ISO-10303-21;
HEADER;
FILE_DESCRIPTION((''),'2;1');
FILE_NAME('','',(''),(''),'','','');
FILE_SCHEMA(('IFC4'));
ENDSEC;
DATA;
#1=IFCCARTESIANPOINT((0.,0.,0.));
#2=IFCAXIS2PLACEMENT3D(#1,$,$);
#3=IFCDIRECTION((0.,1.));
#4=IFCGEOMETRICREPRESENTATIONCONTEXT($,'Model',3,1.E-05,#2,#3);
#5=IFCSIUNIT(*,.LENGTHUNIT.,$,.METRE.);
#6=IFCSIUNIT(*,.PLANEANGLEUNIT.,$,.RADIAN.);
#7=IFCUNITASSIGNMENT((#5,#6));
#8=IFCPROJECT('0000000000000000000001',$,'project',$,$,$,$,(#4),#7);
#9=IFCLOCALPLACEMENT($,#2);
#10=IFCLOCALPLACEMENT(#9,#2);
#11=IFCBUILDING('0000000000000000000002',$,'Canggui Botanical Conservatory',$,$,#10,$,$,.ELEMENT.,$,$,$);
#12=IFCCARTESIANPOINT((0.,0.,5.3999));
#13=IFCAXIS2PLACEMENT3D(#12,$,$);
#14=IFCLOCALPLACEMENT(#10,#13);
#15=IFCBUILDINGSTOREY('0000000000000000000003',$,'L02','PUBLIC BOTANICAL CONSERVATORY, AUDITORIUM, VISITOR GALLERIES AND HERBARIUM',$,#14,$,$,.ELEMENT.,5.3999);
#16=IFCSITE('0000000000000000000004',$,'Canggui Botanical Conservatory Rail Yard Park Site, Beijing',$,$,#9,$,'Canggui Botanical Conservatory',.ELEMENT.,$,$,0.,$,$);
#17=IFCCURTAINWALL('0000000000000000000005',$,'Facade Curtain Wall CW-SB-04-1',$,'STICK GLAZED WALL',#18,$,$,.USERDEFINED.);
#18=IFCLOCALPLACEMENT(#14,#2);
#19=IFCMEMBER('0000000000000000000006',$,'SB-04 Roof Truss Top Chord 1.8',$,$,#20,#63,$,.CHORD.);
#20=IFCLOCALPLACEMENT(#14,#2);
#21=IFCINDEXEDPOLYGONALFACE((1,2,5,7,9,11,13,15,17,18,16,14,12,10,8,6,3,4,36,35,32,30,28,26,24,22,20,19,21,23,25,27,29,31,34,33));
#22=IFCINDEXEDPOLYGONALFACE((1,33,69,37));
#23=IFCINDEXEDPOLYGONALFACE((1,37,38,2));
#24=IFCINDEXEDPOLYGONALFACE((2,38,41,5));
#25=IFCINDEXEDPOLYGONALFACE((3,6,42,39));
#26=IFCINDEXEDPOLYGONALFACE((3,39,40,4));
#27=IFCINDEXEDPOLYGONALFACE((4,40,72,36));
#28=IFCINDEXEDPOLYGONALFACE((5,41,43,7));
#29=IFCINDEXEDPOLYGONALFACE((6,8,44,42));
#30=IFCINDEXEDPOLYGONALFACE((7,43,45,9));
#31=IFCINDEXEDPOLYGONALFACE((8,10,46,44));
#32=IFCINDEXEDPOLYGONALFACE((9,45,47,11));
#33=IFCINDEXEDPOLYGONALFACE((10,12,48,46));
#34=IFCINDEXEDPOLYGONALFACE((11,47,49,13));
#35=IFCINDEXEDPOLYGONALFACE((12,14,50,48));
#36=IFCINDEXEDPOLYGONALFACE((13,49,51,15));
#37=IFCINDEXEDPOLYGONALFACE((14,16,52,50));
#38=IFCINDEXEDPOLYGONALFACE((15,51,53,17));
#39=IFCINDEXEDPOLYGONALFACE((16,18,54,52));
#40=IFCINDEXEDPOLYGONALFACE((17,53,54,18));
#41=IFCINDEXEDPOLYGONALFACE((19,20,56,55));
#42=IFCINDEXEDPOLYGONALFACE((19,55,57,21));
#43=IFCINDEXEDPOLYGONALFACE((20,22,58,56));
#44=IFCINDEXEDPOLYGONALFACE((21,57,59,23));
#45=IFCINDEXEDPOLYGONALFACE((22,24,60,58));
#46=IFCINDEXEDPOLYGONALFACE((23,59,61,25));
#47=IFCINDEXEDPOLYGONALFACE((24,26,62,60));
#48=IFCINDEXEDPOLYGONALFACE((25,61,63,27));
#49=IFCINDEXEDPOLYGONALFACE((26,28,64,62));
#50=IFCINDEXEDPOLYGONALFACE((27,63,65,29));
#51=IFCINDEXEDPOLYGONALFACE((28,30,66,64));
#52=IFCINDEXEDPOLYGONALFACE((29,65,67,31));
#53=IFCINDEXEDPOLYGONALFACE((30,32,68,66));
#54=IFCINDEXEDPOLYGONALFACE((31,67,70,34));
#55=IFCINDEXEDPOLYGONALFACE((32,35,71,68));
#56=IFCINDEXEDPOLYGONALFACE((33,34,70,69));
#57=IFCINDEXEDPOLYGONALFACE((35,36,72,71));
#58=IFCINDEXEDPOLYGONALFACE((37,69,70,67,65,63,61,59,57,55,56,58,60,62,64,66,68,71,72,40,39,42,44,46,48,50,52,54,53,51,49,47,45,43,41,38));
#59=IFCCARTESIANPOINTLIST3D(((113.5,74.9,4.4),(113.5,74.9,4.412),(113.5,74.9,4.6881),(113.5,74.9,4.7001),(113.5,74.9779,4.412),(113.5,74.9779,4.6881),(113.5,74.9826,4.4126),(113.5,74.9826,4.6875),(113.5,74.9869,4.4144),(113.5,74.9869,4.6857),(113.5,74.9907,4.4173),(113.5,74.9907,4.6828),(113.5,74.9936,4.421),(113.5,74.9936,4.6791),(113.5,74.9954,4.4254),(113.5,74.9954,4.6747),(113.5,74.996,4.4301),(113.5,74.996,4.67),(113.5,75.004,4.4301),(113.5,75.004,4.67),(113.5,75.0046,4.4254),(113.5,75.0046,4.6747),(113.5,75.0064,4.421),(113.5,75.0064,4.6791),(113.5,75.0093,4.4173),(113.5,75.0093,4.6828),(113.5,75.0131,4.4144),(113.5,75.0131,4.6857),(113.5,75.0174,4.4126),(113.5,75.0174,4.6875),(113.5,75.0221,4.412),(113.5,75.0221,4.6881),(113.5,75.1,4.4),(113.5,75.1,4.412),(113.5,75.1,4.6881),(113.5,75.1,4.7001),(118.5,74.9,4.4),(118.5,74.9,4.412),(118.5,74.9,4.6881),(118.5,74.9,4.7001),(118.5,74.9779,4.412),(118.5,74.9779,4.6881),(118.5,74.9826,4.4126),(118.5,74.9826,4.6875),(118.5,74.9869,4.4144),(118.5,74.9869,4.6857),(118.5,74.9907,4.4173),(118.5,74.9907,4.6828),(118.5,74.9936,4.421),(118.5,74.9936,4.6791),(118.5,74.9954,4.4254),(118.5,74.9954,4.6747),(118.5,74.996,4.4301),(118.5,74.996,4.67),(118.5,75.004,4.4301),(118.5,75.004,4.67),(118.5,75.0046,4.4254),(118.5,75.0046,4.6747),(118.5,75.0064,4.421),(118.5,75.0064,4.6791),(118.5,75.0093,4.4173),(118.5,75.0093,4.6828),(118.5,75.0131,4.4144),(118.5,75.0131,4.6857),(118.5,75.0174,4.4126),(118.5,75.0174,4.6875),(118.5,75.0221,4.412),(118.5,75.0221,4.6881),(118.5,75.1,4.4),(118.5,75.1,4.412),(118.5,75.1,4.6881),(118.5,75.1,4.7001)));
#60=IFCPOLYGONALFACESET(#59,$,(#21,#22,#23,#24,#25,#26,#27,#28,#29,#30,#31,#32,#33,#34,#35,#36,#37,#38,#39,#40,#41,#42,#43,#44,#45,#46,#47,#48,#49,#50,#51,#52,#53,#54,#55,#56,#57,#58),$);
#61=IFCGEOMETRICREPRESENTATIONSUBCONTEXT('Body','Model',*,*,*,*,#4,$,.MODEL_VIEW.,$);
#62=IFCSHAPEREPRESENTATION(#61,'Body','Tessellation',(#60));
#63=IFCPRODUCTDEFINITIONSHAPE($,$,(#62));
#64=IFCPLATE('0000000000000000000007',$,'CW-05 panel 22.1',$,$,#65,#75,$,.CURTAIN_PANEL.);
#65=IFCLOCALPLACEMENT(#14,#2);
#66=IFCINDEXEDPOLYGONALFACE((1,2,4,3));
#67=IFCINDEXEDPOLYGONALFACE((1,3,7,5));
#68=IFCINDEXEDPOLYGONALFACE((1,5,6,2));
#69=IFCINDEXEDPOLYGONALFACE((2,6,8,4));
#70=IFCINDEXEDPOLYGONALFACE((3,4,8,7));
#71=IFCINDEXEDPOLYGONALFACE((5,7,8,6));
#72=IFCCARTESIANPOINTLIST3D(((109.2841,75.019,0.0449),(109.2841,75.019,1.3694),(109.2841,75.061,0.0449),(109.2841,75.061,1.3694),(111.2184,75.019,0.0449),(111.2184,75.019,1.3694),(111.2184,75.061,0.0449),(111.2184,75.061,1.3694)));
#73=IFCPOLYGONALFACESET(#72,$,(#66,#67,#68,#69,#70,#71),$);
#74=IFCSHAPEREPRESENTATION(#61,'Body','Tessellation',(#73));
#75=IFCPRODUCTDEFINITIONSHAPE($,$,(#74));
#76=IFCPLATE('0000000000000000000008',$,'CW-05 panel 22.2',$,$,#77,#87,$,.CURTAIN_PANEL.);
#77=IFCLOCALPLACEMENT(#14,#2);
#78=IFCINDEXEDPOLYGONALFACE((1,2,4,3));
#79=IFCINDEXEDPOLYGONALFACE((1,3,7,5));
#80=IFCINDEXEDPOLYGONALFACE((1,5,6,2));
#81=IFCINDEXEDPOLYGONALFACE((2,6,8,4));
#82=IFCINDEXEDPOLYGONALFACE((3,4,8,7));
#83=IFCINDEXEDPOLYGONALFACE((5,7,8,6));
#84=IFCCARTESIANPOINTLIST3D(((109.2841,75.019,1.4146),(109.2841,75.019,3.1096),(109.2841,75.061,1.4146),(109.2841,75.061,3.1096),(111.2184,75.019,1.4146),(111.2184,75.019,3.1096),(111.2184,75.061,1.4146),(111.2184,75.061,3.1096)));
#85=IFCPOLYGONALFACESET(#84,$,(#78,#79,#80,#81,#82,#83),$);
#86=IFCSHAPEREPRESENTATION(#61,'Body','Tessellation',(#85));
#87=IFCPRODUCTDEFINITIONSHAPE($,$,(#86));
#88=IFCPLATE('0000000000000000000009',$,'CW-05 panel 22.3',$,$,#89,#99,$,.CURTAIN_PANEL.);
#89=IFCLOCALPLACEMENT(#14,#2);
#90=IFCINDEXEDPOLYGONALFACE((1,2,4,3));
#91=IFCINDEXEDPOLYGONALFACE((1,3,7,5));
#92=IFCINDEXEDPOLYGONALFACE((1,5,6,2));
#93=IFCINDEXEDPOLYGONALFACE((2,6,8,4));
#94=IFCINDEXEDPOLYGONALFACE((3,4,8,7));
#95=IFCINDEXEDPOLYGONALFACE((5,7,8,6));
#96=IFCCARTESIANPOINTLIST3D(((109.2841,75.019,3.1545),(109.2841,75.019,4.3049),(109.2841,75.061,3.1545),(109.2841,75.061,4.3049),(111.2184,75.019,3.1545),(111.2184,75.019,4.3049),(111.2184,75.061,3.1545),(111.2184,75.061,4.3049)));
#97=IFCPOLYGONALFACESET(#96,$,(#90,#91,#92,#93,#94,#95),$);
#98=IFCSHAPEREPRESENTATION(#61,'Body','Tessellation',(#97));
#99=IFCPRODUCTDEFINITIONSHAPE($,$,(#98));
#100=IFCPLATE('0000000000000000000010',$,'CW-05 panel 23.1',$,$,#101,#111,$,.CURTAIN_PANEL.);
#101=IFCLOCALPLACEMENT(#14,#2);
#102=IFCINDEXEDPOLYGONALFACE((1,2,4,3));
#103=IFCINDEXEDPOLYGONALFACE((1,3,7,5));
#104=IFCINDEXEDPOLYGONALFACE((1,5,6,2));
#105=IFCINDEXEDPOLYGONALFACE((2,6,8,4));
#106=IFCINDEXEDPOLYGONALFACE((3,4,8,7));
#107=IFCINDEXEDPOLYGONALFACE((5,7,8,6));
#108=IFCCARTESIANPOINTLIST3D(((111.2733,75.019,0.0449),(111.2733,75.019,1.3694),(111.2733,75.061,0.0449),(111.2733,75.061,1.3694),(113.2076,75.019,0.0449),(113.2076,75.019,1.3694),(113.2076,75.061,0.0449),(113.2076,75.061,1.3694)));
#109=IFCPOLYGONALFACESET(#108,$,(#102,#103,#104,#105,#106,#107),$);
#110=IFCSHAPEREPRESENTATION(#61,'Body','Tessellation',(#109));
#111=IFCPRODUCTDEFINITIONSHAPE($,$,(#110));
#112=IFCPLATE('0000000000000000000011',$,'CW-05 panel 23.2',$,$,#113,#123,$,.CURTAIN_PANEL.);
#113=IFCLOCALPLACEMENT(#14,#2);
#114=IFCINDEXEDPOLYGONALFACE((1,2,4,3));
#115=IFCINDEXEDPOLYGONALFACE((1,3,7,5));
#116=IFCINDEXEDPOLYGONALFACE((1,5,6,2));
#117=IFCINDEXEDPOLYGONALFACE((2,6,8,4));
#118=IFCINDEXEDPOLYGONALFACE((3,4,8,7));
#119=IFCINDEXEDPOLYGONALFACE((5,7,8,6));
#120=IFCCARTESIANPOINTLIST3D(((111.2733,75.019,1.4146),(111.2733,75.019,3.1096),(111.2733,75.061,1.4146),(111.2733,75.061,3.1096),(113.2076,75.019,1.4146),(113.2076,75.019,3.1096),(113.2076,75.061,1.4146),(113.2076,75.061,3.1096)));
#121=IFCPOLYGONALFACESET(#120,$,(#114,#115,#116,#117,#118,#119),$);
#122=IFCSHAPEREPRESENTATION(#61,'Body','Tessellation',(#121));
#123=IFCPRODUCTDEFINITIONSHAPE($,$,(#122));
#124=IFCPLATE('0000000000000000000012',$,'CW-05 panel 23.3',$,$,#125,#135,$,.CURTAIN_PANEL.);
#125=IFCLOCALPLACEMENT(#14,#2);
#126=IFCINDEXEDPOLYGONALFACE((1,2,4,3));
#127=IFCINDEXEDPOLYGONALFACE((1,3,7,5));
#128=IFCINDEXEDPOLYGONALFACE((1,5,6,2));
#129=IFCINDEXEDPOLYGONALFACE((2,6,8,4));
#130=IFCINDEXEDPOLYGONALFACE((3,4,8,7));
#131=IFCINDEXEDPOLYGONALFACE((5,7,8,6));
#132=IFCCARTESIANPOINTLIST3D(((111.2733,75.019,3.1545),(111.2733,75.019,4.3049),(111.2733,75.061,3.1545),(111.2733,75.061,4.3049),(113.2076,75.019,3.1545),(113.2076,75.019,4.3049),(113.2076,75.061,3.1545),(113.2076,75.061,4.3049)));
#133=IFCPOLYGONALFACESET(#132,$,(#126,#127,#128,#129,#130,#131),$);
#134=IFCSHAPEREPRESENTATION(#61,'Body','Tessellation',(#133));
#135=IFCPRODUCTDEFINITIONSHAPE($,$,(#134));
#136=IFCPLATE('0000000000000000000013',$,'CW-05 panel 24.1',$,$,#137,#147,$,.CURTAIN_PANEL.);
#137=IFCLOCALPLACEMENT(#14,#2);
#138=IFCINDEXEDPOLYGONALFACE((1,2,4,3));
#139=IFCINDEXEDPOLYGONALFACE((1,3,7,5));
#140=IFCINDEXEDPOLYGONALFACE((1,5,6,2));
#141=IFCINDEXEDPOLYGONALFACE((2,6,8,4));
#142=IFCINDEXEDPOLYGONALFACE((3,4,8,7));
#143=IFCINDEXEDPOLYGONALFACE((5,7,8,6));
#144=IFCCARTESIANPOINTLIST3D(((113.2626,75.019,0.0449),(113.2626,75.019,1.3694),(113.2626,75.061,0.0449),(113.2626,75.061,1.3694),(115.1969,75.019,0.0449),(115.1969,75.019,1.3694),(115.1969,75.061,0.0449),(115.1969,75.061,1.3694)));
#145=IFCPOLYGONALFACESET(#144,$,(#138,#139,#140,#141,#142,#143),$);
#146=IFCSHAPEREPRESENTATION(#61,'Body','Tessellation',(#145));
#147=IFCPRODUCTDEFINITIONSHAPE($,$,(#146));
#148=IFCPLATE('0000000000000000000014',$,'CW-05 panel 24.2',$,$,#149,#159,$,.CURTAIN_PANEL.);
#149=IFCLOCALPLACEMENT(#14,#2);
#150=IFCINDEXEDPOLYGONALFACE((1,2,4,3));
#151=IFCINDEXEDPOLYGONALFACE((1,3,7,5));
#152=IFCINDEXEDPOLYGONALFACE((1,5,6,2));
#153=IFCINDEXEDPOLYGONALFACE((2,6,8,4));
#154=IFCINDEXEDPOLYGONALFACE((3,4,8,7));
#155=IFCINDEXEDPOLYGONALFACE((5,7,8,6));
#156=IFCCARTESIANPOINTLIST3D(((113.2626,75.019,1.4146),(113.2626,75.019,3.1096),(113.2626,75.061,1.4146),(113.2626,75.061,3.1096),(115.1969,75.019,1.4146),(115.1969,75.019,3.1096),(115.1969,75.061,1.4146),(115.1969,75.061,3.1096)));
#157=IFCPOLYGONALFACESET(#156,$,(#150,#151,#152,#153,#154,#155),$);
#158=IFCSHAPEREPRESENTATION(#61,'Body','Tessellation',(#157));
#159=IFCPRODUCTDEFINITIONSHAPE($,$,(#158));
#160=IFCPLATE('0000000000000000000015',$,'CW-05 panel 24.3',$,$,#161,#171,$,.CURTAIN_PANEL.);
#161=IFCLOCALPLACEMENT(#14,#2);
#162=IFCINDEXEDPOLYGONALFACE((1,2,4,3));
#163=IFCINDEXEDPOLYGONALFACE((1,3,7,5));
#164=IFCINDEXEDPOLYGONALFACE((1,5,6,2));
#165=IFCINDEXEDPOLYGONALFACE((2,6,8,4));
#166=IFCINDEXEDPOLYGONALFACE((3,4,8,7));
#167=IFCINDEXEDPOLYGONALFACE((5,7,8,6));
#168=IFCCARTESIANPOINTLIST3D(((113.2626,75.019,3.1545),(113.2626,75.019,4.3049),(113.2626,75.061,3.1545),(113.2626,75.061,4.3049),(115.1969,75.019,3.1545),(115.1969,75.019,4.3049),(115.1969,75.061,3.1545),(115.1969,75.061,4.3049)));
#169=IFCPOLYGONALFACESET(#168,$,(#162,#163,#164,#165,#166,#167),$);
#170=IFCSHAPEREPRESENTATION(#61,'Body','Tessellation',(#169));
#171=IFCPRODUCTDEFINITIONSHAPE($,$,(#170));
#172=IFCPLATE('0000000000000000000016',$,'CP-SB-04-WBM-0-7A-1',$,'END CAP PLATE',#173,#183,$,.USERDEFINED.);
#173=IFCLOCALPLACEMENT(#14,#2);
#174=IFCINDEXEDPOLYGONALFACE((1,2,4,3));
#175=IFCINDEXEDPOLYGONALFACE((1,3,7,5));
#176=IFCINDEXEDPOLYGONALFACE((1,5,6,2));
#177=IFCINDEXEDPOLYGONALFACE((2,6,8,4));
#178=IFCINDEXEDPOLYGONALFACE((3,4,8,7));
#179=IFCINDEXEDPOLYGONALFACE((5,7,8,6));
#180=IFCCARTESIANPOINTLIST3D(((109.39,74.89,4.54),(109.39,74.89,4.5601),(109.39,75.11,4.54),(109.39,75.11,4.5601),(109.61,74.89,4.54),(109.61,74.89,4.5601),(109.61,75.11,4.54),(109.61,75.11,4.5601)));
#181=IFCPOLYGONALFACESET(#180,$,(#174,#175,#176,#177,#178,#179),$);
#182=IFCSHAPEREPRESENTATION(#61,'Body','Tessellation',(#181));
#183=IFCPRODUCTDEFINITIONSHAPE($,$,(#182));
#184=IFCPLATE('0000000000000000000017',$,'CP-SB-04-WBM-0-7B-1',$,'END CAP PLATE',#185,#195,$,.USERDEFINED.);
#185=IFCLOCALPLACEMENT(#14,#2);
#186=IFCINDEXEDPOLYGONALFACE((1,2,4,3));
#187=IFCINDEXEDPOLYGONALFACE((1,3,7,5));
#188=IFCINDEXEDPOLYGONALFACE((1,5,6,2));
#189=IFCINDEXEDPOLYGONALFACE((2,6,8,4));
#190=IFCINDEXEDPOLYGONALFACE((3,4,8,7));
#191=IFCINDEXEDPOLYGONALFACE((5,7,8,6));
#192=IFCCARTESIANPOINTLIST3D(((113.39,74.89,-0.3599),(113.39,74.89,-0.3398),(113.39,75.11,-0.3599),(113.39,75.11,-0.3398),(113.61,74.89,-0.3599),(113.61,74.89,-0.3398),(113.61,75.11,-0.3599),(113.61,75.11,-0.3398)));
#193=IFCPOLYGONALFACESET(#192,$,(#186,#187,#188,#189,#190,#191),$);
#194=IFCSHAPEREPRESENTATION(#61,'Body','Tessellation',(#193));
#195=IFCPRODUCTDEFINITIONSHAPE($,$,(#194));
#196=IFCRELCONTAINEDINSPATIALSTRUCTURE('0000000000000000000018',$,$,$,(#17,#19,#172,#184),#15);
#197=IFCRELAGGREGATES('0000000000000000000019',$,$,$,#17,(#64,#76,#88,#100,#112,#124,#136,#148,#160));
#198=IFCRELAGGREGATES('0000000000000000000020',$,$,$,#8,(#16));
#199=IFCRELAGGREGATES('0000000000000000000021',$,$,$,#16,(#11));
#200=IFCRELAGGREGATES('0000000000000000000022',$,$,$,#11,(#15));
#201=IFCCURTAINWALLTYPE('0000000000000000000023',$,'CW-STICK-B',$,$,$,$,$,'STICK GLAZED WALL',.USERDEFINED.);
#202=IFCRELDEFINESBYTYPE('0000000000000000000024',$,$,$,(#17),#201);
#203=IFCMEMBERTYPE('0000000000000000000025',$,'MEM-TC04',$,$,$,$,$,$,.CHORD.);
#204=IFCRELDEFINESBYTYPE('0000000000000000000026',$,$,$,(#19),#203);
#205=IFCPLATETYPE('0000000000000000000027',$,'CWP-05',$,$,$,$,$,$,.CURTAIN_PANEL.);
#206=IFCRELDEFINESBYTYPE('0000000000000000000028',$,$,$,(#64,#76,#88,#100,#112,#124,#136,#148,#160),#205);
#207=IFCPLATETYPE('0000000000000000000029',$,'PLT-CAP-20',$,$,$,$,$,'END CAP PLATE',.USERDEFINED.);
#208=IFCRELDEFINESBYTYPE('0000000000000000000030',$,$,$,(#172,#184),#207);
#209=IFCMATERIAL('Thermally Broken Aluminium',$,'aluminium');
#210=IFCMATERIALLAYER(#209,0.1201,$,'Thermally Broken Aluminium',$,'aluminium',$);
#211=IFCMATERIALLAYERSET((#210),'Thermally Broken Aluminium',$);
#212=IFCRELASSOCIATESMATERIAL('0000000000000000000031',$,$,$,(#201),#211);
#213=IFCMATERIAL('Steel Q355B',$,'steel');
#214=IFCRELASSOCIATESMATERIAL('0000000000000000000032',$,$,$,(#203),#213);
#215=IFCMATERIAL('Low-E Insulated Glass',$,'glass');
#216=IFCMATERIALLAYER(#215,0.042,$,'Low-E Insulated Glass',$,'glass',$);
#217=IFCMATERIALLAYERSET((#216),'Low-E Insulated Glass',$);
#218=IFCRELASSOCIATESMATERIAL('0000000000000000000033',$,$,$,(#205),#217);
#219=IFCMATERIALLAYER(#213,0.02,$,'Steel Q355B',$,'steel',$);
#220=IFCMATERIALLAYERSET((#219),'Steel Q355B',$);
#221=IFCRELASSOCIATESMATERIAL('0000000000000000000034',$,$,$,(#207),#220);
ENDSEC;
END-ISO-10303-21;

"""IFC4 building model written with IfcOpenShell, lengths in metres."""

from ifc_helpers import new_model, si_unit, direction, frame, origin, origin_2d, place, context, subcontext, project, spatial, rectangle, i_section, extrude, material, layer, layer_set, material_profile, profile_set, type_object, element, aggregate, save


model = new_model("IFC4")

# Units and contexts
model_context = context("Model", 3, precision=1e-05, world=origin(), true_north=direction((0.0, 1.0)))
body_context = subcontext(model_context, "Body", "Model", "MODEL_VIEW")
ifc_project = project(units=[si_unit("LENGTHUNIT", "METRE"), si_unit("PLANEANGLEUNIT", "RADIAN")], contexts=[model_context])

# Site, building, storey
site_placement = place(None, origin())
site = spatial("IfcSite", under=ifc_project, at=site_placement, Name="Canggui Botanical Conservatory Rail Yard Park Site, Beijing", LongName="Canggui Botanical Conservatory", CompositionType="ELEMENT", RefElevation=0.0)
building_placement = place(site_placement, origin())
building = spatial("IfcBuilding", under=site, at=building_placement, Name="Canggui Botanical Conservatory", CompositionType="ELEMENT")
storey_placement = place(building_placement, frame((0.0, 0.0, 5.3999)))
storey = spatial("IfcBuildingStorey", under=building, at=storey_placement, Name="L02", Description="PUBLIC BOTANICAL CONSERVATORY, AUDITORIUM, VISITOR GALLERIES AND HERBARIUM", CompositionType="ELEMENT", Elevation=5.3999)

# Shared definitions
ifc_material_1 = material(Name="Steel Q355B", Category="steel")

# Curtain wall
ifc_material_2 = material(Name="Thermally Broken Aluminium", Category="aluminium")
ifc_layer_1 = layer(ifc_material_2, 0.1201, Name="Thermally Broken Aluminium", Category="aluminium")
ifc_layer_set_1 = layer_set([ifc_layer_1], Name="Thermally Broken Aluminium")
curtain_wall_type = type_object("IfcCurtainWallType", Name="CW-STICK-B", ElementType="STICK GLAZED WALL", PredefinedType="USERDEFINED", material=ifc_layer_set_1)
curtain_wall_placement = place(storey_placement, origin())
curtain_wall = element("IfcCurtainWall", 1, at=curtain_wall_placement, inside=storey, type_object=curtain_wall_type, Name="Facade Curtain Wall CW-SB-04-1", ObjectType="STICK GLAZED WALL", PredefinedType="USERDEFINED")

# Member
ifc_material_profile_1 = material_profile(ifc_material_1, i_section(OverallWidth=0.2, OverallDepth=0.3, WebThickness=0.0081, FlangeThickness=0.012, FilletRadius=0.0181, at=origin_2d()), Name="HM 300x200x8x12")
ifc_profile_set_1 = profile_set([ifc_material_profile_1], Name="Steel Q355B")
member_type_1 = type_object("IfcMemberType", Name="MEM-TC04", PredefinedType="CHORD", material=ifc_profile_set_1)
member_1_placement = place(storey_placement, frame((113.5, 75.0, 4.55), z_axis=(1.0, 0.0, 0.0), x_axis=(0.0, 1.0, 0.0)))
element("IfcMember", 2, at=member_1_placement, inside=storey, type_object=member_type_1, Name="SB-04 Roof Truss Top Chord 1.8", PredefinedType="CHORD", context=body_context, shape_type="SweptSolid", body=[
    extrude(i_section(OverallWidth=0.2, OverallDepth=0.3, WebThickness=0.0081, FlangeThickness=0.012, FilletRadius=0.0181, at=origin_2d()), origin(), (0.0, 0.0, 1.0), 5.0),
])

# Plates
ifc_material_3 = material(Name="Low-E Insulated Glass", Category="glass")
ifc_layer_2 = layer(ifc_material_3, 0.042, Name="Low-E Insulated Glass", Category="glass")
ifc_layer_set_2 = layer_set([ifc_layer_2], Name="Low-E Insulated Glass")
plate_type_1 = type_object("IfcPlateType", Name="CWP-05", PredefinedType="CURTAIN_PANEL", material=ifc_layer_set_2)
plate_1_placement = place(storey_placement, frame((110.2512, 75.04, 0.0449), z_axis=(0.0, 0.0, 1.0), x_axis=(1.0, 0.0, 0.0)))
plate_1 = element("IfcPlate", 3, at=plate_1_placement, type_object=plate_type_1, Name="CW-05 panel 22.1", PredefinedType="CURTAIN_PANEL", context=body_context, shape_type="SweptSolid", body=[
    extrude(rectangle(XDim=1.9343, YDim=0.042, at=origin_2d()), origin(), (0.0, 0.0, 1.0), 1.3245),
])
plate_2_placement = place(storey_placement, frame((110.2512, 75.04, 1.4146), z_axis=(0.0, 0.0, 1.0), x_axis=(1.0, 0.0, 0.0)))
plate_2 = element("IfcPlate", 4, at=plate_2_placement, type_object=plate_type_1, Name="CW-05 panel 22.2", PredefinedType="CURTAIN_PANEL", context=body_context, shape_type="SweptSolid", body=[
    extrude(rectangle(XDim=1.9343, YDim=0.042, at=origin_2d()), origin(), (0.0, 0.0, 1.0), 1.6951),
])
plate_3_placement = place(storey_placement, frame((110.2512, 75.04, 3.1545), z_axis=(0.0, 0.0, 1.0), x_axis=(1.0, 0.0, 0.0)))
plate_3 = element("IfcPlate", 5, at=plate_3_placement, type_object=plate_type_1, Name="CW-05 panel 22.3", PredefinedType="CURTAIN_PANEL", context=body_context, shape_type="SweptSolid", body=[
    extrude(rectangle(XDim=1.9343, YDim=0.042, at=origin_2d()), origin(), (0.0, 0.0, 1.0), 1.1504),
])
plate_4_placement = place(storey_placement, frame((112.2405, 75.04, 0.0449), z_axis=(0.0, 0.0, 1.0), x_axis=(1.0, 0.0, 0.0)))
plate_4 = element("IfcPlate", 6, at=plate_4_placement, type_object=plate_type_1, Name="CW-05 panel 23.1", PredefinedType="CURTAIN_PANEL", context=body_context, shape_type="SweptSolid", body=[
    extrude(rectangle(XDim=1.9343, YDim=0.042, at=origin_2d()), origin(), (0.0, 0.0, 1.0), 1.3245),
])
plate_5_placement = place(storey_placement, frame((112.2405, 75.04, 1.4146), z_axis=(0.0, 0.0, 1.0), x_axis=(1.0, 0.0, 0.0)))
plate_5 = element("IfcPlate", 7, at=plate_5_placement, type_object=plate_type_1, Name="CW-05 panel 23.2", PredefinedType="CURTAIN_PANEL", context=body_context, shape_type="SweptSolid", body=[
    extrude(rectangle(XDim=1.9343, YDim=0.042, at=origin_2d()), origin(), (0.0, 0.0, 1.0), 1.6951),
])
plate_6_placement = place(storey_placement, frame((112.2405, 75.04, 3.1545), z_axis=(0.0, 0.0, 1.0), x_axis=(1.0, 0.0, 0.0)))
plate_6 = element("IfcPlate", 8, at=plate_6_placement, type_object=plate_type_1, Name="CW-05 panel 23.3", PredefinedType="CURTAIN_PANEL", context=body_context, shape_type="SweptSolid", body=[
    extrude(rectangle(XDim=1.9343, YDim=0.042, at=origin_2d()), origin(), (0.0, 0.0, 1.0), 1.1504),
])
plate_7_placement = place(storey_placement, frame((114.2297, 75.04, 0.0449), z_axis=(0.0, 0.0, 1.0), x_axis=(1.0, 0.0, 0.0)))
plate_7 = element("IfcPlate", 9, at=plate_7_placement, type_object=plate_type_1, Name="CW-05 panel 24.1", PredefinedType="CURTAIN_PANEL", context=body_context, shape_type="SweptSolid", body=[
    extrude(rectangle(XDim=1.9343, YDim=0.042, at=origin_2d()), origin(), (0.0, 0.0, 1.0), 1.3245),
])
plate_8_placement = place(storey_placement, frame((114.2297, 75.04, 1.4146), z_axis=(0.0, 0.0, 1.0), x_axis=(1.0, 0.0, 0.0)))
plate_8 = element("IfcPlate", 10, at=plate_8_placement, type_object=plate_type_1, Name="CW-05 panel 24.2", PredefinedType="CURTAIN_PANEL", context=body_context, shape_type="SweptSolid", body=[
    extrude(rectangle(XDim=1.9343, YDim=0.042, at=origin_2d()), origin(), (0.0, 0.0, 1.0), 1.6951),
])
plate_9_placement = place(storey_placement, frame((114.2297, 75.04, 3.1545), z_axis=(0.0, 0.0, 1.0), x_axis=(1.0, 0.0, 0.0)))
plate_9 = element("IfcPlate", 11, at=plate_9_placement, type_object=plate_type_1, Name="CW-05 panel 24.3", PredefinedType="CURTAIN_PANEL", context=body_context, shape_type="SweptSolid", body=[
    extrude(rectangle(XDim=1.9343, YDim=0.042, at=origin_2d()), origin(), (0.0, 0.0, 1.0), 1.1504),
])
aggregate(curtain_wall, [plate_1, plate_2, plate_3, plate_4, plate_5, plate_6, plate_7, plate_8, plate_9])

# Plates
ifc_layer_3 = layer(ifc_material_1, 0.02, Name="Steel Q355B", Category="steel")
ifc_layer_set_3 = layer_set([ifc_layer_3], Name="Steel Q355B")
plate_type_2 = type_object("IfcPlateType", Name="PLT-CAP-20", ElementType="END CAP PLATE", PredefinedType="USERDEFINED", material=ifc_layer_set_3)
for number, where, z_axis, x_axis, name in (
    (12, (109.5, 75.0, 4.54), (0.0, 0.0, 1.0), (1.0, 0.0, 0.0), "CP-SB-04-WBM-0-7A-1"),
    (13, (113.5, 75.0, -0.3599), (0.0, 0.0, 1.0), (1.0, 0.0, 0.0), "CP-SB-04-WBM-0-7B-1"),
):
    element("IfcPlate", number, at=place(storey_placement, frame(where, z_axis=z_axis, x_axis=x_axis)), inside=storey, type_object=plate_type_2, Name=name, ObjectType="END CAP PLATE", PredefinedType="USERDEFINED", context=body_context, shape_type="SweptSolid", body=[
        extrude(rectangle(XDim=0.22, YDim=0.22, at=origin_2d()), origin(), (0.0, 0.0, 1.0), 0.02),
    ])

save(model, "model.ifc")
